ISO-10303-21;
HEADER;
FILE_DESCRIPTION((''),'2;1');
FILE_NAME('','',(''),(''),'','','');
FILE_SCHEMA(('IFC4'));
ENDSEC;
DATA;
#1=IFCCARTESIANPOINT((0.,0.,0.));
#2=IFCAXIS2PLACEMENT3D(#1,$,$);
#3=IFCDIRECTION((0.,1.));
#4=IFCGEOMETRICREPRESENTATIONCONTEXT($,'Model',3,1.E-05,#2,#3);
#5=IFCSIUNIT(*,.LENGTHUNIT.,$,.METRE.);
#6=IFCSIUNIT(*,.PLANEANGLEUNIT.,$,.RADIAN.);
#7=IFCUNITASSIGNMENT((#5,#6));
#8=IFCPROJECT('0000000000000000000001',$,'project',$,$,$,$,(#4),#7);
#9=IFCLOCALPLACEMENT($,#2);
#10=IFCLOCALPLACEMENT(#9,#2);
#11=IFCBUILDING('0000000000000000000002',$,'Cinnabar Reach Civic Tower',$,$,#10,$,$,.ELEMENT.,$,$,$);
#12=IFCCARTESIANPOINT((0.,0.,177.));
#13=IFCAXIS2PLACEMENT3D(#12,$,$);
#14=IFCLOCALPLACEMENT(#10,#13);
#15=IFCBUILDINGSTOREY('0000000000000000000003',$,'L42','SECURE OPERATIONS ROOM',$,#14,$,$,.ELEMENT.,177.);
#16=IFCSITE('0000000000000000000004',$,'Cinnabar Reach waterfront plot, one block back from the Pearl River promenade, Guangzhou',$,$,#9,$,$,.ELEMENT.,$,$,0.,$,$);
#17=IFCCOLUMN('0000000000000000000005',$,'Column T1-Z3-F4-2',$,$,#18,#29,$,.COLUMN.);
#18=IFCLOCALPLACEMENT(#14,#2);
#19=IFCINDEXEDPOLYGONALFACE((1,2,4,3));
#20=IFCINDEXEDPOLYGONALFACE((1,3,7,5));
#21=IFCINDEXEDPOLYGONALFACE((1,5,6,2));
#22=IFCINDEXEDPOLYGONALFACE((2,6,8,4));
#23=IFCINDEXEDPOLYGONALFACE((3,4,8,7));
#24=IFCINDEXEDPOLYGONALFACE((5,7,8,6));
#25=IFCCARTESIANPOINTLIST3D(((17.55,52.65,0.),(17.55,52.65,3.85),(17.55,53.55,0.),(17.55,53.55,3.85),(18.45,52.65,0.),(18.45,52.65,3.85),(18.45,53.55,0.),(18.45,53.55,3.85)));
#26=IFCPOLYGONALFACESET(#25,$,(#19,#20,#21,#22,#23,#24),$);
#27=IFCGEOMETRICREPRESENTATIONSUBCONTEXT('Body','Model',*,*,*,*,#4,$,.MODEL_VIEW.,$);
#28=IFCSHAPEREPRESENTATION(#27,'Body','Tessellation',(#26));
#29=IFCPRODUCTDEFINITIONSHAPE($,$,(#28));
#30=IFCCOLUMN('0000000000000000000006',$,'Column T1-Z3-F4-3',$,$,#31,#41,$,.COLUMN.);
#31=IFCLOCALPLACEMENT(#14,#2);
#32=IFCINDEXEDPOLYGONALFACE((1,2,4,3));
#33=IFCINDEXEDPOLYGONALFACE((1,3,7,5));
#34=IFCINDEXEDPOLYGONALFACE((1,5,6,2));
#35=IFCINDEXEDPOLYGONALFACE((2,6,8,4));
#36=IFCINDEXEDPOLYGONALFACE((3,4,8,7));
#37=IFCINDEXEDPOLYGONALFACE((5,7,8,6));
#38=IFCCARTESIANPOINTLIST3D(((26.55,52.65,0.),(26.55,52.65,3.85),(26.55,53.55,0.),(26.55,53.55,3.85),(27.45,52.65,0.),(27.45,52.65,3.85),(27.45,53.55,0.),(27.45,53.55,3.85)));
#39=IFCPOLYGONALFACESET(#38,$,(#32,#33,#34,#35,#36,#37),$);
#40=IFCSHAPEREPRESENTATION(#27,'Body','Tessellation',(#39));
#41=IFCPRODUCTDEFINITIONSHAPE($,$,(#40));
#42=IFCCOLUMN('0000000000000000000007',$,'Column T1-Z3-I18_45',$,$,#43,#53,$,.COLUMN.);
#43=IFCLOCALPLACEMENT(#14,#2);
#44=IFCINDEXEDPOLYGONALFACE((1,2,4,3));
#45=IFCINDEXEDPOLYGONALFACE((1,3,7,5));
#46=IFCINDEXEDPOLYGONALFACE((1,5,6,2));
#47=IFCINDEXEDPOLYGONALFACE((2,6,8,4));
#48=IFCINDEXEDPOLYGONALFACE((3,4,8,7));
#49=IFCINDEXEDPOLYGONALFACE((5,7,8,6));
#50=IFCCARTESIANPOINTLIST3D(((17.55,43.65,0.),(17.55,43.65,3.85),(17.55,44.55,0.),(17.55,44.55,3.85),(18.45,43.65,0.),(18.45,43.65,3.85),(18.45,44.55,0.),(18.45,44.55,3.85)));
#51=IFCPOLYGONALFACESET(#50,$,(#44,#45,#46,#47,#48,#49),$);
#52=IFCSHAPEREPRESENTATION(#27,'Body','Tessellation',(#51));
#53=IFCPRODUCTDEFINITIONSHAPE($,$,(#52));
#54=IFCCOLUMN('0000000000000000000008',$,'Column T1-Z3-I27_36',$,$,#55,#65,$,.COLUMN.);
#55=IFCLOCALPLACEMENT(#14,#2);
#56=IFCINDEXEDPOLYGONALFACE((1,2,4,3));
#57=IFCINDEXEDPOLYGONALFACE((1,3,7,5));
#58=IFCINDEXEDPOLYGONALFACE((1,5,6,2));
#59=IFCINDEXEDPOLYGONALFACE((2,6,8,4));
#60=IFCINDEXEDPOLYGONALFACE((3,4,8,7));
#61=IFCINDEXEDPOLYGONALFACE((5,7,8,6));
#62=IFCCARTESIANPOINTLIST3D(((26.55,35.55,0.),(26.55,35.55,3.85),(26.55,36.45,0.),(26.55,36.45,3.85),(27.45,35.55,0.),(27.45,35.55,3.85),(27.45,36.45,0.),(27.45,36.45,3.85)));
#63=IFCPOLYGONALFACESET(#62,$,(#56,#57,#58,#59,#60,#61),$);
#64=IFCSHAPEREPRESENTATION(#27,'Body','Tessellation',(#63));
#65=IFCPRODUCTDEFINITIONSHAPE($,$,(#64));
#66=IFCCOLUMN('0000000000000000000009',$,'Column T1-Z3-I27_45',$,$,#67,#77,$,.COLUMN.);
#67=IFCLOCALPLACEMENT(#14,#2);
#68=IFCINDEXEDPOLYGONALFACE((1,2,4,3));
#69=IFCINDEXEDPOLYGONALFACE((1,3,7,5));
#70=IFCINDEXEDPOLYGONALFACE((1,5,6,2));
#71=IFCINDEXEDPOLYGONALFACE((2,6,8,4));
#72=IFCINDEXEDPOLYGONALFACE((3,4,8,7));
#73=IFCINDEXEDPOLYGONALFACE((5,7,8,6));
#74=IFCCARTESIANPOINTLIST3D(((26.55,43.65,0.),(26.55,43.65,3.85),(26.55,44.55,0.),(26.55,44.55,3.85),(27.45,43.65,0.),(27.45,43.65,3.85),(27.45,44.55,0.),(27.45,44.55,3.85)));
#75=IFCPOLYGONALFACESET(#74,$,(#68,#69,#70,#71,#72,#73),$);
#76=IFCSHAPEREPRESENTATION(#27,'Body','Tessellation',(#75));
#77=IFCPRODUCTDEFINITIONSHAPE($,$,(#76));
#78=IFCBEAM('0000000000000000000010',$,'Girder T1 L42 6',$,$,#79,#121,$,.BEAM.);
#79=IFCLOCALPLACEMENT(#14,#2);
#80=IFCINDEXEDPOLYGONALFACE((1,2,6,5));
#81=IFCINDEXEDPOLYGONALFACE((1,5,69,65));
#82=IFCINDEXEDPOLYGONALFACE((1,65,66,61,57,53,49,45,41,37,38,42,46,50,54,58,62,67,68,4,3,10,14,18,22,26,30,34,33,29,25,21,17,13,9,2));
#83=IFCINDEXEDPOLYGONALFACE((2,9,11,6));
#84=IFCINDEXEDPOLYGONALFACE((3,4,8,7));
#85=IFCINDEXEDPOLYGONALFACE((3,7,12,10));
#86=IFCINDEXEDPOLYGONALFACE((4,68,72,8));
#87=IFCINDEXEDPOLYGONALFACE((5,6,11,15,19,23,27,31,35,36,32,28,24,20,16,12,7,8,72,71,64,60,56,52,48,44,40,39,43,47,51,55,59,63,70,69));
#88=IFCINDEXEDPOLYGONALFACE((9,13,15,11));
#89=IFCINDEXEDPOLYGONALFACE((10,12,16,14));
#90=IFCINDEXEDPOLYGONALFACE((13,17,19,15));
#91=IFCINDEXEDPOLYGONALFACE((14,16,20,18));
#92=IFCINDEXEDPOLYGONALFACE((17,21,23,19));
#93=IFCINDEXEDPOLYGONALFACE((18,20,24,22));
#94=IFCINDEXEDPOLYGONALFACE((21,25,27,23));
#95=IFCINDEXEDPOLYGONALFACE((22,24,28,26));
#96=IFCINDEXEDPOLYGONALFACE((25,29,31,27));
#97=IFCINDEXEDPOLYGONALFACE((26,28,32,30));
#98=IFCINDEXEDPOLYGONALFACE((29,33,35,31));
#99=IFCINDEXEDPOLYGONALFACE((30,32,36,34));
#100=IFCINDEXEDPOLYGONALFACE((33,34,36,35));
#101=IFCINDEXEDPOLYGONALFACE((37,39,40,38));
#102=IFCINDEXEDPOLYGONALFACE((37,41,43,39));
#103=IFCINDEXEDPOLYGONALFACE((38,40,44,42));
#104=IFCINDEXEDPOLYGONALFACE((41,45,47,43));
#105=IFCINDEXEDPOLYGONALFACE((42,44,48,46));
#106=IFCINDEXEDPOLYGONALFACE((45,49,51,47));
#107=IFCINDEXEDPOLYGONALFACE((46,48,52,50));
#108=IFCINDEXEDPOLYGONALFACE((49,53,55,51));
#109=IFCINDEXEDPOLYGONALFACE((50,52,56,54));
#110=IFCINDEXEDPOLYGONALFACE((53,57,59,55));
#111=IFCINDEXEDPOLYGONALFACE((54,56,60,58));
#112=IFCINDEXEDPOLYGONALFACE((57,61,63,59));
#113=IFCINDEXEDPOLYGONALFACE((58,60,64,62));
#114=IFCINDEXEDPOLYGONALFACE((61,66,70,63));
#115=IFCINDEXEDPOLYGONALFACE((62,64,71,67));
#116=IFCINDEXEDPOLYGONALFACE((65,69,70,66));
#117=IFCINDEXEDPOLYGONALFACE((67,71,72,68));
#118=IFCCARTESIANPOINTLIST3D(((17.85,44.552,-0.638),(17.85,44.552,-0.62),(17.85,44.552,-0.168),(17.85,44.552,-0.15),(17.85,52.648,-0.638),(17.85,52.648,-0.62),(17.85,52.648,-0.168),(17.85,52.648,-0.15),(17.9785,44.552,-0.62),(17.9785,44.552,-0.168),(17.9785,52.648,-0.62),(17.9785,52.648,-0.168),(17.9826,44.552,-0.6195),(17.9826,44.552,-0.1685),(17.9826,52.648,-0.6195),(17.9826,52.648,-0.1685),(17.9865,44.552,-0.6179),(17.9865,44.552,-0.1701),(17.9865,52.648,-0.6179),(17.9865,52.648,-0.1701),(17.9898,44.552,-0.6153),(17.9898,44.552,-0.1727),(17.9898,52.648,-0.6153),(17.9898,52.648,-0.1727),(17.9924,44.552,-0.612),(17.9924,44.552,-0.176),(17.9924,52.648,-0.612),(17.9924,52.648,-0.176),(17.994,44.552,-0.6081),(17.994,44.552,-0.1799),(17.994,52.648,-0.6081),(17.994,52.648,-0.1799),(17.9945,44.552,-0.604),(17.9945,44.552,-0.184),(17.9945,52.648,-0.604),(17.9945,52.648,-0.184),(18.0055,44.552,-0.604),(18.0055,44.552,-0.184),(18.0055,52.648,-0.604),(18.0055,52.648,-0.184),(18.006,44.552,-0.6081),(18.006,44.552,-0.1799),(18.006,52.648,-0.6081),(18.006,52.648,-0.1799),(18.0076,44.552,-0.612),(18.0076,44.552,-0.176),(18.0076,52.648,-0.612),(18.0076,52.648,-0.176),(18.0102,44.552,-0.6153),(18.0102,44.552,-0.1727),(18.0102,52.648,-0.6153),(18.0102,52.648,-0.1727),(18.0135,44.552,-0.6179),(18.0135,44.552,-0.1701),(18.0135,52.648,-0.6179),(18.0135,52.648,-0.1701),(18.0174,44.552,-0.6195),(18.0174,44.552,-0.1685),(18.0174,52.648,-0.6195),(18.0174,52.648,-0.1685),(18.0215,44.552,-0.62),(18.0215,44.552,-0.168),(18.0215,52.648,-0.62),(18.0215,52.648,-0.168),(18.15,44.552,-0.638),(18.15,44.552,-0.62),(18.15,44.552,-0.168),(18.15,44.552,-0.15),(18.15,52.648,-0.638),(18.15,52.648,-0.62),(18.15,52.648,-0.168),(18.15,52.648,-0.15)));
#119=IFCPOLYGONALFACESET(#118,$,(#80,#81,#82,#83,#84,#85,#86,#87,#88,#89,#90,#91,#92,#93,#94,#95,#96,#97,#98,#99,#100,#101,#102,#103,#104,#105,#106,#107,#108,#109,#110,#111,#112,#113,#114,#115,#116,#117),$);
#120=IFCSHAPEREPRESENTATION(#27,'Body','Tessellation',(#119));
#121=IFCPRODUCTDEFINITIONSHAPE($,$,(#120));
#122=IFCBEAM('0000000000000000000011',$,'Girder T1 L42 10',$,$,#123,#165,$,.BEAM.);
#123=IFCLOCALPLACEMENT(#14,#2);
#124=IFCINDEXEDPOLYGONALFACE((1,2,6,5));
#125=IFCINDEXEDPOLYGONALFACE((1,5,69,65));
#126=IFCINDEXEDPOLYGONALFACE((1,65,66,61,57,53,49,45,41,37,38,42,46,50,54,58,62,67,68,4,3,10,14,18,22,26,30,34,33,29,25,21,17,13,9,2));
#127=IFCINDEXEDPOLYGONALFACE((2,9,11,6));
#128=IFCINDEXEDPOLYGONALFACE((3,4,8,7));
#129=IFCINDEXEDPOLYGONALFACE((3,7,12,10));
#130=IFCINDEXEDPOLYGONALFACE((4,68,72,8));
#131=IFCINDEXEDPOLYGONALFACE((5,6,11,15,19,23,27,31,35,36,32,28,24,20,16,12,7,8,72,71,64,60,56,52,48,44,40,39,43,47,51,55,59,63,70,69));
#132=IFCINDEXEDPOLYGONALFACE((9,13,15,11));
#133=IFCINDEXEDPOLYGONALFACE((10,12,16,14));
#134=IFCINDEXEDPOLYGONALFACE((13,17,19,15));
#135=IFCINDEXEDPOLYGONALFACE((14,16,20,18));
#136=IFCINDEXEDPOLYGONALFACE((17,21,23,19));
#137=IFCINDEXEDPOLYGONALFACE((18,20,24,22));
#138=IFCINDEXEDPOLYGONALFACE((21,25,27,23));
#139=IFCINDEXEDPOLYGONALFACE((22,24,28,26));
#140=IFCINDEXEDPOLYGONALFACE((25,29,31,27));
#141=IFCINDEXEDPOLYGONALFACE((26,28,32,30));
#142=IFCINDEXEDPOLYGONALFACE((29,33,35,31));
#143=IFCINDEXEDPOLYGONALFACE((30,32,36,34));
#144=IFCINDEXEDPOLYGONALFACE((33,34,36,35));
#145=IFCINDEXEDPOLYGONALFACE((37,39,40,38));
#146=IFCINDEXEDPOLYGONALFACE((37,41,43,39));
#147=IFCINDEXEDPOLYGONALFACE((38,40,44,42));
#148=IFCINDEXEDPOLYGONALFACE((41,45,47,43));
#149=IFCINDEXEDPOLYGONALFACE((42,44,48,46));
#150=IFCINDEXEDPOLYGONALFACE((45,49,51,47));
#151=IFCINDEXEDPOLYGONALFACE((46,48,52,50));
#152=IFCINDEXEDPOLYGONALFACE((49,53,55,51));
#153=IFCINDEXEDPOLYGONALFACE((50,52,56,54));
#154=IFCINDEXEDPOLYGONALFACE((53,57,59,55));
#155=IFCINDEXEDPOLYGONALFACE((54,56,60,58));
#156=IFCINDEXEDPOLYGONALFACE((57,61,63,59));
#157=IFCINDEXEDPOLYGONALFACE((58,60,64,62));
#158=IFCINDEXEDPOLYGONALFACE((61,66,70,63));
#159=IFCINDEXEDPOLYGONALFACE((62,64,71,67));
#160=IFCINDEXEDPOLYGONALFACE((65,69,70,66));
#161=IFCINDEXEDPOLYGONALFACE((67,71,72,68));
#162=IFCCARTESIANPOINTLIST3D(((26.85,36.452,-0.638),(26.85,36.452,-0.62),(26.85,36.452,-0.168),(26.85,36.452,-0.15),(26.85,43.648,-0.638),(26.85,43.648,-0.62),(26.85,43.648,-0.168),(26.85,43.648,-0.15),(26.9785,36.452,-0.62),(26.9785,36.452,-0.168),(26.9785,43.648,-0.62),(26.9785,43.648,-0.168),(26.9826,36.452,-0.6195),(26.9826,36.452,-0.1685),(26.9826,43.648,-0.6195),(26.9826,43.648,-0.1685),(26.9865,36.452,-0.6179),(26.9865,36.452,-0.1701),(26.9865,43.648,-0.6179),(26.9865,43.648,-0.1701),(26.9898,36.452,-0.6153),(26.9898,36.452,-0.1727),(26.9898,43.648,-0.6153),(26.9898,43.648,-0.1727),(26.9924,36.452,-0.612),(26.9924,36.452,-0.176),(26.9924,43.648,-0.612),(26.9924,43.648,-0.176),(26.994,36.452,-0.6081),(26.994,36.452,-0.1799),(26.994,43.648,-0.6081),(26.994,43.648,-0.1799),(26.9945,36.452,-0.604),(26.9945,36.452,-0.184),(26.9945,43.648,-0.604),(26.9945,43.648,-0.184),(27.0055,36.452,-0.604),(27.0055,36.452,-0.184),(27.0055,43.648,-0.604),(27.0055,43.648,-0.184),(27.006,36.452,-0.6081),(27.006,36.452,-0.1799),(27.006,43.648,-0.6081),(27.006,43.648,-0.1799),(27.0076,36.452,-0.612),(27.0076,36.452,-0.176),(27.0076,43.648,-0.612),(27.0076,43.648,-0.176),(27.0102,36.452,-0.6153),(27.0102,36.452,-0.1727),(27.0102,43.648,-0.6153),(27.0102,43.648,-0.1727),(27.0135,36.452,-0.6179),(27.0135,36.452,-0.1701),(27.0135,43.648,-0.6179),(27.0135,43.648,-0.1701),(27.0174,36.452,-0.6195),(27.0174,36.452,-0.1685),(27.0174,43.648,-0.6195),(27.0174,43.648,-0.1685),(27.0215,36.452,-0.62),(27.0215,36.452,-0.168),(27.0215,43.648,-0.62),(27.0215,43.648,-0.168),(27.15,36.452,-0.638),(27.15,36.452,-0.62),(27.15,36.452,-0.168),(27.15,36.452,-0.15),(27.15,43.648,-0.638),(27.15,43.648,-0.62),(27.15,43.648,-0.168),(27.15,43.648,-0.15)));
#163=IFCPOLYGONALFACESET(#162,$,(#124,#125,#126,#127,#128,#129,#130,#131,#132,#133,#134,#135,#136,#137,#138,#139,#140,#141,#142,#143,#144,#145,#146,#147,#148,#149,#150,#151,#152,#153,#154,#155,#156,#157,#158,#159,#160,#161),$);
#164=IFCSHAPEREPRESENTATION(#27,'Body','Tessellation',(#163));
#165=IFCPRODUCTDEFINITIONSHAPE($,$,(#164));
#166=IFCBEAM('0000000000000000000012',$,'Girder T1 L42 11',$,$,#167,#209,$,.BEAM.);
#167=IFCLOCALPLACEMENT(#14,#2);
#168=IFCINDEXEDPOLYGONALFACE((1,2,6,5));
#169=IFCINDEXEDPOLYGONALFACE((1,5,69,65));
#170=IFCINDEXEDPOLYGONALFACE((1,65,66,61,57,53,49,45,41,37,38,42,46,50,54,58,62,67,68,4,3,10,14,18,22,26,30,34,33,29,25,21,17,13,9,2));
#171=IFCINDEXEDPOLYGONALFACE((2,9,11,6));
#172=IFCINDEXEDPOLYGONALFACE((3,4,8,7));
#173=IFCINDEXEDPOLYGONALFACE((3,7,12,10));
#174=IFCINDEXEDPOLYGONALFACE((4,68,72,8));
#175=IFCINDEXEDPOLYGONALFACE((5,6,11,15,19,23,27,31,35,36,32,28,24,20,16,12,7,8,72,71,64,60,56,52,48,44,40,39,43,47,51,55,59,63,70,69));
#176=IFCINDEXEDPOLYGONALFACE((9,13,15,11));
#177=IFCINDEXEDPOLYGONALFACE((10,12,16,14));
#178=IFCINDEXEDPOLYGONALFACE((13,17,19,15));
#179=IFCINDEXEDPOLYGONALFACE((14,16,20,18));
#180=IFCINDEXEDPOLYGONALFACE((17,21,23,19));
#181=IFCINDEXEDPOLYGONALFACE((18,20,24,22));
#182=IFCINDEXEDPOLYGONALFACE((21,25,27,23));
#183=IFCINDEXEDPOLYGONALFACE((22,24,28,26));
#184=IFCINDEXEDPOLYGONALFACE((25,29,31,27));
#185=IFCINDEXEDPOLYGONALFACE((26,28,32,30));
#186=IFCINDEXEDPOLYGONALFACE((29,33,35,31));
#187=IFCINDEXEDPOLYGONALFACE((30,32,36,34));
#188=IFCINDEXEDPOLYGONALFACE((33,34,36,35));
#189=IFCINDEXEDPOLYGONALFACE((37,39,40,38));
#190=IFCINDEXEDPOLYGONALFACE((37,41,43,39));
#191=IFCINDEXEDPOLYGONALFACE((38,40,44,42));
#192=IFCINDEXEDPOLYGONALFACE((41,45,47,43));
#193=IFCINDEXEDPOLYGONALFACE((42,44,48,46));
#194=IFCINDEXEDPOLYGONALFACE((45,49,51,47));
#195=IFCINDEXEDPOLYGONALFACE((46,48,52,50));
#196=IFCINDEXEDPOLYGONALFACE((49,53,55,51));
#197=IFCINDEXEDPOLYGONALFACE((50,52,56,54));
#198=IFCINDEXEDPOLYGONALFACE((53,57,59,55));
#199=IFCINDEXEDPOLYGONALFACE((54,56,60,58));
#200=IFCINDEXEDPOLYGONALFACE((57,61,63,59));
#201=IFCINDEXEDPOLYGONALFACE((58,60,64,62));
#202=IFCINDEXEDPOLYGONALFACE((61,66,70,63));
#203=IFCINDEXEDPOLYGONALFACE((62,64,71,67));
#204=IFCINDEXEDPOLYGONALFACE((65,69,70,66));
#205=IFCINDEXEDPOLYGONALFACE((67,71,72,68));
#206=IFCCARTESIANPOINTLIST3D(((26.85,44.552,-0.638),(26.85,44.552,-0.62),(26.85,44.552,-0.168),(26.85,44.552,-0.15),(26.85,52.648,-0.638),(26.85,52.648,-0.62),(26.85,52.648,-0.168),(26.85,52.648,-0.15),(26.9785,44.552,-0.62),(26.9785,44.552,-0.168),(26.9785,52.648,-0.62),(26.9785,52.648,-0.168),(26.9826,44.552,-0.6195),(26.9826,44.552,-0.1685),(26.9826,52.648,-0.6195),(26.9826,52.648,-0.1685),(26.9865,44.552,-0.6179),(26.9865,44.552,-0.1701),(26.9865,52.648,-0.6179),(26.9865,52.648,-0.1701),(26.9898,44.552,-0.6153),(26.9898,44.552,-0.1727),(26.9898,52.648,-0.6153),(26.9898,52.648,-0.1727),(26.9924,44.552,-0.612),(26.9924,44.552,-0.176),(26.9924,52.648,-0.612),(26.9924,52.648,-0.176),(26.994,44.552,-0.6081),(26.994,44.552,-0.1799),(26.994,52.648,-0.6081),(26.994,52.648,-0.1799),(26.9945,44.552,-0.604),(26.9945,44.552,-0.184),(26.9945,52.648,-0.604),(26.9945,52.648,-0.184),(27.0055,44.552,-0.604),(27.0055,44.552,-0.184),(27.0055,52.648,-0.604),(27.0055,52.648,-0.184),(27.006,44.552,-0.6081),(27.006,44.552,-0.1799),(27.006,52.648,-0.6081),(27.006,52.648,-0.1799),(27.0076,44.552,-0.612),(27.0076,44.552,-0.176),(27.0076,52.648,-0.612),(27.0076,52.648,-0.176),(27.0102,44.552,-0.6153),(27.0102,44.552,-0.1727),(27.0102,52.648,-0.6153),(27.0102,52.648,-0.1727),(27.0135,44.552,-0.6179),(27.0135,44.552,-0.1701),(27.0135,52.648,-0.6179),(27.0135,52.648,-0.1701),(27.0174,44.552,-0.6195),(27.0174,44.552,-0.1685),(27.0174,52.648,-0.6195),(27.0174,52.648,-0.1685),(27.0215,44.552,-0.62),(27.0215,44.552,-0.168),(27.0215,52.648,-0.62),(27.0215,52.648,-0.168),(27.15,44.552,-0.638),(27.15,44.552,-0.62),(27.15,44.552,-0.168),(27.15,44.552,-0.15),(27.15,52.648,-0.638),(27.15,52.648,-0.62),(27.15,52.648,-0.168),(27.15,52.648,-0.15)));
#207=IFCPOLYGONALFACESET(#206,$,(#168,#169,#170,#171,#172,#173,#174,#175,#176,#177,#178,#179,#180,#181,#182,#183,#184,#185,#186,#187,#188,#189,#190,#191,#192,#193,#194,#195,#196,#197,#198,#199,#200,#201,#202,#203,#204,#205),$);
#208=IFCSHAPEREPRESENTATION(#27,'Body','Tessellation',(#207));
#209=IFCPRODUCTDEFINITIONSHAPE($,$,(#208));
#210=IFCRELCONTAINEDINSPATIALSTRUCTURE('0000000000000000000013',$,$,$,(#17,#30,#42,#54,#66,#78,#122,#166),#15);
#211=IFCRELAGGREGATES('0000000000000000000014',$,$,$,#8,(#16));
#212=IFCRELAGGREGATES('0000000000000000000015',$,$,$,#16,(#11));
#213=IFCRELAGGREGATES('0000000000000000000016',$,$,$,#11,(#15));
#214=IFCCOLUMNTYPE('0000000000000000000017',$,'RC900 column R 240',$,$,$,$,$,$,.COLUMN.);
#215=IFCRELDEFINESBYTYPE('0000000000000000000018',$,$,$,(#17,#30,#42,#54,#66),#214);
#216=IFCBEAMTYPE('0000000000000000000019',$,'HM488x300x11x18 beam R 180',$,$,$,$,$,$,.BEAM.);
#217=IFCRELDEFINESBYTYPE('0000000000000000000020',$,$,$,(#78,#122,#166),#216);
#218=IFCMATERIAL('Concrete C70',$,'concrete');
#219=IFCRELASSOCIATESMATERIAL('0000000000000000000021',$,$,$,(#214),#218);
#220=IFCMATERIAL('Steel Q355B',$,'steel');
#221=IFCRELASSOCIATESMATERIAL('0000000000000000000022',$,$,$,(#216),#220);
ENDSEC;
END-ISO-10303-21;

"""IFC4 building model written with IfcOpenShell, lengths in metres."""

from ifc_helpers import new_model, si_unit, direction, frame, origin, origin_2d, place, context, subcontext, project, spatial, rectangle, i_section, extrude, material, material_profile, profile_set, type_object, element, save


model = new_model("IFC4")

# Units and contexts
model_context = context("Model", 3, precision=1e-05, world=origin(), true_north=direction((0.0, 1.0)))
body_context = subcontext(model_context, "Body", "Model", "MODEL_VIEW")
ifc_project = project(units=[si_unit("LENGTHUNIT", "METRE"), si_unit("PLANEANGLEUNIT", "RADIAN")], contexts=[model_context])

# Site, building, storey
site_placement = place(None, origin())
site = spatial("IfcSite", under=ifc_project, at=site_placement, Name="Cinnabar Reach waterfront plot, one block back from the Pearl River promenade, Guangzhou", CompositionType="ELEMENT", RefElevation=0.0)
building_placement = place(site_placement, origin())
building = spatial("IfcBuilding", under=site, at=building_placement, Name="Cinnabar Reach Civic Tower", CompositionType="ELEMENT")
storey_placement = place(building_placement, frame((0.0, 0.0, 177.0)))
storey = spatial("IfcBuildingStorey", under=building, at=storey_placement, Name="L42", Description="SECURE OPERATIONS ROOM", CompositionType="ELEMENT", Elevation=177.0)

# Columns
ifc_material_1 = material(Name="Concrete C70", Category="concrete")
ifc_material_profile_1 = material_profile(ifc_material_1, rectangle(XDim=0.9, YDim=0.9, at=origin_2d()), Name="RC900")
ifc_profile_set_1 = profile_set([ifc_material_profile_1], Name="Concrete C70")
column_type = type_object("IfcColumnType", Name="RC900 column R 240", PredefinedType="COLUMN", material=ifc_profile_set_1)
for number, where, z_axis, x_axis, name in (
    (1, (18.0, 53.1, 0.0), (0.0, 0.0, 1.0), (1.0, 0.0, 0.0), "Column T1-Z3-F4-2"),
    (2, (27.0, 53.1, 0.0), (0.0, 0.0, 1.0), (1.0, 0.0, 0.0), "Column T1-Z3-F4-3"),
    (3, (18.0, 44.1, 0.0), (0.0, 0.0, 1.0), (1.0, 0.0, 0.0), "Column T1-Z3-I18_45"),
    (4, (27.0, 36.0, 0.0), (0.0, 0.0, 1.0), (1.0, 0.0, 0.0), "Column T1-Z3-I27_36"),
    (5, (27.0, 44.1, 0.0), (0.0, 0.0, 1.0), (1.0, 0.0, 0.0), "Column T1-Z3-I27_45"),
):
    element("IfcColumn", number, at=place(storey_placement, frame(where, z_axis=z_axis, x_axis=x_axis)), inside=storey, type_object=column_type, Name=name, PredefinedType="COLUMN", context=body_context, shape_type="SweptSolid", body=[
        extrude(rectangle(XDim=0.9, YDim=0.9, at=origin_2d()), origin(), (0.0, 0.0, 1.0), 3.85),
    ])

# Beams
ifc_material_2 = material(Name="Steel Q355B", Category="steel")
ifc_material_profile_2 = material_profile(ifc_material_2, i_section(OverallWidth=0.3, OverallDepth=0.488, WebThickness=0.011, FlangeThickness=0.018, FilletRadius=0.016, at=origin_2d()), Name="HM488x300x11x18")
ifc_profile_set_2 = profile_set([ifc_material_profile_2], Name="Steel Q355B")
beam_type_1 = type_object("IfcBeamType", Name="HM488x300x11x18 beam R 180", PredefinedType="BEAM", material=ifc_profile_set_2)
beam_1_placement = place(storey_placement, frame((18.0, 44.552, -0.394), z_axis=(0.0, 1.0, 0.0), x_axis=(-1.0, 0.0, 0.0)))
element("IfcBeam", 6, at=beam_1_placement, inside=storey, type_object=beam_type_1, Name="Girder T1 L42 6", PredefinedType="BEAM", context=body_context, shape_type="SweptSolid", body=[
    extrude(i_section(OverallWidth=0.3, OverallDepth=0.488, WebThickness=0.011, FlangeThickness=0.018, FilletRadius=0.016, at=origin_2d()), origin(), (0.0, 0.0, 1.0), 8.096),
])
beam_2_placement = place(storey_placement, frame((27.0, 36.452, -0.394), z_axis=(0.0, 1.0, 0.0), x_axis=(-1.0, 0.0, 0.0)))
element("IfcBeam", 7, at=beam_2_placement, inside=storey, type_object=beam_type_1, Name="Girder T1 L42 10", PredefinedType="BEAM", context=body_context, shape_type="SweptSolid", body=[
    extrude(i_section(OverallWidth=0.3, OverallDepth=0.488, WebThickness=0.011, FlangeThickness=0.018, FilletRadius=0.016, at=origin_2d()), origin(), (0.0, 0.0, 1.0), 7.196),
])
beam_3_placement = place(storey_placement, frame((27.0, 44.552, -0.394), z_axis=(0.0, 1.0, 0.0), x_axis=(-1.0, 0.0, 0.0)))
element("IfcBeam", 8, at=beam_3_placement, inside=storey, type_object=beam_type_1, Name="Girder T1 L42 11", PredefinedType="BEAM", context=body_context, shape_type="SweptSolid", body=[
    extrude(i_section(OverallWidth=0.3, OverallDepth=0.488, WebThickness=0.011, FlangeThickness=0.018, FilletRadius=0.016, at=origin_2d()), origin(), (0.0, 0.0, 1.0), 8.096),
])

save(model, "model.ifc")
